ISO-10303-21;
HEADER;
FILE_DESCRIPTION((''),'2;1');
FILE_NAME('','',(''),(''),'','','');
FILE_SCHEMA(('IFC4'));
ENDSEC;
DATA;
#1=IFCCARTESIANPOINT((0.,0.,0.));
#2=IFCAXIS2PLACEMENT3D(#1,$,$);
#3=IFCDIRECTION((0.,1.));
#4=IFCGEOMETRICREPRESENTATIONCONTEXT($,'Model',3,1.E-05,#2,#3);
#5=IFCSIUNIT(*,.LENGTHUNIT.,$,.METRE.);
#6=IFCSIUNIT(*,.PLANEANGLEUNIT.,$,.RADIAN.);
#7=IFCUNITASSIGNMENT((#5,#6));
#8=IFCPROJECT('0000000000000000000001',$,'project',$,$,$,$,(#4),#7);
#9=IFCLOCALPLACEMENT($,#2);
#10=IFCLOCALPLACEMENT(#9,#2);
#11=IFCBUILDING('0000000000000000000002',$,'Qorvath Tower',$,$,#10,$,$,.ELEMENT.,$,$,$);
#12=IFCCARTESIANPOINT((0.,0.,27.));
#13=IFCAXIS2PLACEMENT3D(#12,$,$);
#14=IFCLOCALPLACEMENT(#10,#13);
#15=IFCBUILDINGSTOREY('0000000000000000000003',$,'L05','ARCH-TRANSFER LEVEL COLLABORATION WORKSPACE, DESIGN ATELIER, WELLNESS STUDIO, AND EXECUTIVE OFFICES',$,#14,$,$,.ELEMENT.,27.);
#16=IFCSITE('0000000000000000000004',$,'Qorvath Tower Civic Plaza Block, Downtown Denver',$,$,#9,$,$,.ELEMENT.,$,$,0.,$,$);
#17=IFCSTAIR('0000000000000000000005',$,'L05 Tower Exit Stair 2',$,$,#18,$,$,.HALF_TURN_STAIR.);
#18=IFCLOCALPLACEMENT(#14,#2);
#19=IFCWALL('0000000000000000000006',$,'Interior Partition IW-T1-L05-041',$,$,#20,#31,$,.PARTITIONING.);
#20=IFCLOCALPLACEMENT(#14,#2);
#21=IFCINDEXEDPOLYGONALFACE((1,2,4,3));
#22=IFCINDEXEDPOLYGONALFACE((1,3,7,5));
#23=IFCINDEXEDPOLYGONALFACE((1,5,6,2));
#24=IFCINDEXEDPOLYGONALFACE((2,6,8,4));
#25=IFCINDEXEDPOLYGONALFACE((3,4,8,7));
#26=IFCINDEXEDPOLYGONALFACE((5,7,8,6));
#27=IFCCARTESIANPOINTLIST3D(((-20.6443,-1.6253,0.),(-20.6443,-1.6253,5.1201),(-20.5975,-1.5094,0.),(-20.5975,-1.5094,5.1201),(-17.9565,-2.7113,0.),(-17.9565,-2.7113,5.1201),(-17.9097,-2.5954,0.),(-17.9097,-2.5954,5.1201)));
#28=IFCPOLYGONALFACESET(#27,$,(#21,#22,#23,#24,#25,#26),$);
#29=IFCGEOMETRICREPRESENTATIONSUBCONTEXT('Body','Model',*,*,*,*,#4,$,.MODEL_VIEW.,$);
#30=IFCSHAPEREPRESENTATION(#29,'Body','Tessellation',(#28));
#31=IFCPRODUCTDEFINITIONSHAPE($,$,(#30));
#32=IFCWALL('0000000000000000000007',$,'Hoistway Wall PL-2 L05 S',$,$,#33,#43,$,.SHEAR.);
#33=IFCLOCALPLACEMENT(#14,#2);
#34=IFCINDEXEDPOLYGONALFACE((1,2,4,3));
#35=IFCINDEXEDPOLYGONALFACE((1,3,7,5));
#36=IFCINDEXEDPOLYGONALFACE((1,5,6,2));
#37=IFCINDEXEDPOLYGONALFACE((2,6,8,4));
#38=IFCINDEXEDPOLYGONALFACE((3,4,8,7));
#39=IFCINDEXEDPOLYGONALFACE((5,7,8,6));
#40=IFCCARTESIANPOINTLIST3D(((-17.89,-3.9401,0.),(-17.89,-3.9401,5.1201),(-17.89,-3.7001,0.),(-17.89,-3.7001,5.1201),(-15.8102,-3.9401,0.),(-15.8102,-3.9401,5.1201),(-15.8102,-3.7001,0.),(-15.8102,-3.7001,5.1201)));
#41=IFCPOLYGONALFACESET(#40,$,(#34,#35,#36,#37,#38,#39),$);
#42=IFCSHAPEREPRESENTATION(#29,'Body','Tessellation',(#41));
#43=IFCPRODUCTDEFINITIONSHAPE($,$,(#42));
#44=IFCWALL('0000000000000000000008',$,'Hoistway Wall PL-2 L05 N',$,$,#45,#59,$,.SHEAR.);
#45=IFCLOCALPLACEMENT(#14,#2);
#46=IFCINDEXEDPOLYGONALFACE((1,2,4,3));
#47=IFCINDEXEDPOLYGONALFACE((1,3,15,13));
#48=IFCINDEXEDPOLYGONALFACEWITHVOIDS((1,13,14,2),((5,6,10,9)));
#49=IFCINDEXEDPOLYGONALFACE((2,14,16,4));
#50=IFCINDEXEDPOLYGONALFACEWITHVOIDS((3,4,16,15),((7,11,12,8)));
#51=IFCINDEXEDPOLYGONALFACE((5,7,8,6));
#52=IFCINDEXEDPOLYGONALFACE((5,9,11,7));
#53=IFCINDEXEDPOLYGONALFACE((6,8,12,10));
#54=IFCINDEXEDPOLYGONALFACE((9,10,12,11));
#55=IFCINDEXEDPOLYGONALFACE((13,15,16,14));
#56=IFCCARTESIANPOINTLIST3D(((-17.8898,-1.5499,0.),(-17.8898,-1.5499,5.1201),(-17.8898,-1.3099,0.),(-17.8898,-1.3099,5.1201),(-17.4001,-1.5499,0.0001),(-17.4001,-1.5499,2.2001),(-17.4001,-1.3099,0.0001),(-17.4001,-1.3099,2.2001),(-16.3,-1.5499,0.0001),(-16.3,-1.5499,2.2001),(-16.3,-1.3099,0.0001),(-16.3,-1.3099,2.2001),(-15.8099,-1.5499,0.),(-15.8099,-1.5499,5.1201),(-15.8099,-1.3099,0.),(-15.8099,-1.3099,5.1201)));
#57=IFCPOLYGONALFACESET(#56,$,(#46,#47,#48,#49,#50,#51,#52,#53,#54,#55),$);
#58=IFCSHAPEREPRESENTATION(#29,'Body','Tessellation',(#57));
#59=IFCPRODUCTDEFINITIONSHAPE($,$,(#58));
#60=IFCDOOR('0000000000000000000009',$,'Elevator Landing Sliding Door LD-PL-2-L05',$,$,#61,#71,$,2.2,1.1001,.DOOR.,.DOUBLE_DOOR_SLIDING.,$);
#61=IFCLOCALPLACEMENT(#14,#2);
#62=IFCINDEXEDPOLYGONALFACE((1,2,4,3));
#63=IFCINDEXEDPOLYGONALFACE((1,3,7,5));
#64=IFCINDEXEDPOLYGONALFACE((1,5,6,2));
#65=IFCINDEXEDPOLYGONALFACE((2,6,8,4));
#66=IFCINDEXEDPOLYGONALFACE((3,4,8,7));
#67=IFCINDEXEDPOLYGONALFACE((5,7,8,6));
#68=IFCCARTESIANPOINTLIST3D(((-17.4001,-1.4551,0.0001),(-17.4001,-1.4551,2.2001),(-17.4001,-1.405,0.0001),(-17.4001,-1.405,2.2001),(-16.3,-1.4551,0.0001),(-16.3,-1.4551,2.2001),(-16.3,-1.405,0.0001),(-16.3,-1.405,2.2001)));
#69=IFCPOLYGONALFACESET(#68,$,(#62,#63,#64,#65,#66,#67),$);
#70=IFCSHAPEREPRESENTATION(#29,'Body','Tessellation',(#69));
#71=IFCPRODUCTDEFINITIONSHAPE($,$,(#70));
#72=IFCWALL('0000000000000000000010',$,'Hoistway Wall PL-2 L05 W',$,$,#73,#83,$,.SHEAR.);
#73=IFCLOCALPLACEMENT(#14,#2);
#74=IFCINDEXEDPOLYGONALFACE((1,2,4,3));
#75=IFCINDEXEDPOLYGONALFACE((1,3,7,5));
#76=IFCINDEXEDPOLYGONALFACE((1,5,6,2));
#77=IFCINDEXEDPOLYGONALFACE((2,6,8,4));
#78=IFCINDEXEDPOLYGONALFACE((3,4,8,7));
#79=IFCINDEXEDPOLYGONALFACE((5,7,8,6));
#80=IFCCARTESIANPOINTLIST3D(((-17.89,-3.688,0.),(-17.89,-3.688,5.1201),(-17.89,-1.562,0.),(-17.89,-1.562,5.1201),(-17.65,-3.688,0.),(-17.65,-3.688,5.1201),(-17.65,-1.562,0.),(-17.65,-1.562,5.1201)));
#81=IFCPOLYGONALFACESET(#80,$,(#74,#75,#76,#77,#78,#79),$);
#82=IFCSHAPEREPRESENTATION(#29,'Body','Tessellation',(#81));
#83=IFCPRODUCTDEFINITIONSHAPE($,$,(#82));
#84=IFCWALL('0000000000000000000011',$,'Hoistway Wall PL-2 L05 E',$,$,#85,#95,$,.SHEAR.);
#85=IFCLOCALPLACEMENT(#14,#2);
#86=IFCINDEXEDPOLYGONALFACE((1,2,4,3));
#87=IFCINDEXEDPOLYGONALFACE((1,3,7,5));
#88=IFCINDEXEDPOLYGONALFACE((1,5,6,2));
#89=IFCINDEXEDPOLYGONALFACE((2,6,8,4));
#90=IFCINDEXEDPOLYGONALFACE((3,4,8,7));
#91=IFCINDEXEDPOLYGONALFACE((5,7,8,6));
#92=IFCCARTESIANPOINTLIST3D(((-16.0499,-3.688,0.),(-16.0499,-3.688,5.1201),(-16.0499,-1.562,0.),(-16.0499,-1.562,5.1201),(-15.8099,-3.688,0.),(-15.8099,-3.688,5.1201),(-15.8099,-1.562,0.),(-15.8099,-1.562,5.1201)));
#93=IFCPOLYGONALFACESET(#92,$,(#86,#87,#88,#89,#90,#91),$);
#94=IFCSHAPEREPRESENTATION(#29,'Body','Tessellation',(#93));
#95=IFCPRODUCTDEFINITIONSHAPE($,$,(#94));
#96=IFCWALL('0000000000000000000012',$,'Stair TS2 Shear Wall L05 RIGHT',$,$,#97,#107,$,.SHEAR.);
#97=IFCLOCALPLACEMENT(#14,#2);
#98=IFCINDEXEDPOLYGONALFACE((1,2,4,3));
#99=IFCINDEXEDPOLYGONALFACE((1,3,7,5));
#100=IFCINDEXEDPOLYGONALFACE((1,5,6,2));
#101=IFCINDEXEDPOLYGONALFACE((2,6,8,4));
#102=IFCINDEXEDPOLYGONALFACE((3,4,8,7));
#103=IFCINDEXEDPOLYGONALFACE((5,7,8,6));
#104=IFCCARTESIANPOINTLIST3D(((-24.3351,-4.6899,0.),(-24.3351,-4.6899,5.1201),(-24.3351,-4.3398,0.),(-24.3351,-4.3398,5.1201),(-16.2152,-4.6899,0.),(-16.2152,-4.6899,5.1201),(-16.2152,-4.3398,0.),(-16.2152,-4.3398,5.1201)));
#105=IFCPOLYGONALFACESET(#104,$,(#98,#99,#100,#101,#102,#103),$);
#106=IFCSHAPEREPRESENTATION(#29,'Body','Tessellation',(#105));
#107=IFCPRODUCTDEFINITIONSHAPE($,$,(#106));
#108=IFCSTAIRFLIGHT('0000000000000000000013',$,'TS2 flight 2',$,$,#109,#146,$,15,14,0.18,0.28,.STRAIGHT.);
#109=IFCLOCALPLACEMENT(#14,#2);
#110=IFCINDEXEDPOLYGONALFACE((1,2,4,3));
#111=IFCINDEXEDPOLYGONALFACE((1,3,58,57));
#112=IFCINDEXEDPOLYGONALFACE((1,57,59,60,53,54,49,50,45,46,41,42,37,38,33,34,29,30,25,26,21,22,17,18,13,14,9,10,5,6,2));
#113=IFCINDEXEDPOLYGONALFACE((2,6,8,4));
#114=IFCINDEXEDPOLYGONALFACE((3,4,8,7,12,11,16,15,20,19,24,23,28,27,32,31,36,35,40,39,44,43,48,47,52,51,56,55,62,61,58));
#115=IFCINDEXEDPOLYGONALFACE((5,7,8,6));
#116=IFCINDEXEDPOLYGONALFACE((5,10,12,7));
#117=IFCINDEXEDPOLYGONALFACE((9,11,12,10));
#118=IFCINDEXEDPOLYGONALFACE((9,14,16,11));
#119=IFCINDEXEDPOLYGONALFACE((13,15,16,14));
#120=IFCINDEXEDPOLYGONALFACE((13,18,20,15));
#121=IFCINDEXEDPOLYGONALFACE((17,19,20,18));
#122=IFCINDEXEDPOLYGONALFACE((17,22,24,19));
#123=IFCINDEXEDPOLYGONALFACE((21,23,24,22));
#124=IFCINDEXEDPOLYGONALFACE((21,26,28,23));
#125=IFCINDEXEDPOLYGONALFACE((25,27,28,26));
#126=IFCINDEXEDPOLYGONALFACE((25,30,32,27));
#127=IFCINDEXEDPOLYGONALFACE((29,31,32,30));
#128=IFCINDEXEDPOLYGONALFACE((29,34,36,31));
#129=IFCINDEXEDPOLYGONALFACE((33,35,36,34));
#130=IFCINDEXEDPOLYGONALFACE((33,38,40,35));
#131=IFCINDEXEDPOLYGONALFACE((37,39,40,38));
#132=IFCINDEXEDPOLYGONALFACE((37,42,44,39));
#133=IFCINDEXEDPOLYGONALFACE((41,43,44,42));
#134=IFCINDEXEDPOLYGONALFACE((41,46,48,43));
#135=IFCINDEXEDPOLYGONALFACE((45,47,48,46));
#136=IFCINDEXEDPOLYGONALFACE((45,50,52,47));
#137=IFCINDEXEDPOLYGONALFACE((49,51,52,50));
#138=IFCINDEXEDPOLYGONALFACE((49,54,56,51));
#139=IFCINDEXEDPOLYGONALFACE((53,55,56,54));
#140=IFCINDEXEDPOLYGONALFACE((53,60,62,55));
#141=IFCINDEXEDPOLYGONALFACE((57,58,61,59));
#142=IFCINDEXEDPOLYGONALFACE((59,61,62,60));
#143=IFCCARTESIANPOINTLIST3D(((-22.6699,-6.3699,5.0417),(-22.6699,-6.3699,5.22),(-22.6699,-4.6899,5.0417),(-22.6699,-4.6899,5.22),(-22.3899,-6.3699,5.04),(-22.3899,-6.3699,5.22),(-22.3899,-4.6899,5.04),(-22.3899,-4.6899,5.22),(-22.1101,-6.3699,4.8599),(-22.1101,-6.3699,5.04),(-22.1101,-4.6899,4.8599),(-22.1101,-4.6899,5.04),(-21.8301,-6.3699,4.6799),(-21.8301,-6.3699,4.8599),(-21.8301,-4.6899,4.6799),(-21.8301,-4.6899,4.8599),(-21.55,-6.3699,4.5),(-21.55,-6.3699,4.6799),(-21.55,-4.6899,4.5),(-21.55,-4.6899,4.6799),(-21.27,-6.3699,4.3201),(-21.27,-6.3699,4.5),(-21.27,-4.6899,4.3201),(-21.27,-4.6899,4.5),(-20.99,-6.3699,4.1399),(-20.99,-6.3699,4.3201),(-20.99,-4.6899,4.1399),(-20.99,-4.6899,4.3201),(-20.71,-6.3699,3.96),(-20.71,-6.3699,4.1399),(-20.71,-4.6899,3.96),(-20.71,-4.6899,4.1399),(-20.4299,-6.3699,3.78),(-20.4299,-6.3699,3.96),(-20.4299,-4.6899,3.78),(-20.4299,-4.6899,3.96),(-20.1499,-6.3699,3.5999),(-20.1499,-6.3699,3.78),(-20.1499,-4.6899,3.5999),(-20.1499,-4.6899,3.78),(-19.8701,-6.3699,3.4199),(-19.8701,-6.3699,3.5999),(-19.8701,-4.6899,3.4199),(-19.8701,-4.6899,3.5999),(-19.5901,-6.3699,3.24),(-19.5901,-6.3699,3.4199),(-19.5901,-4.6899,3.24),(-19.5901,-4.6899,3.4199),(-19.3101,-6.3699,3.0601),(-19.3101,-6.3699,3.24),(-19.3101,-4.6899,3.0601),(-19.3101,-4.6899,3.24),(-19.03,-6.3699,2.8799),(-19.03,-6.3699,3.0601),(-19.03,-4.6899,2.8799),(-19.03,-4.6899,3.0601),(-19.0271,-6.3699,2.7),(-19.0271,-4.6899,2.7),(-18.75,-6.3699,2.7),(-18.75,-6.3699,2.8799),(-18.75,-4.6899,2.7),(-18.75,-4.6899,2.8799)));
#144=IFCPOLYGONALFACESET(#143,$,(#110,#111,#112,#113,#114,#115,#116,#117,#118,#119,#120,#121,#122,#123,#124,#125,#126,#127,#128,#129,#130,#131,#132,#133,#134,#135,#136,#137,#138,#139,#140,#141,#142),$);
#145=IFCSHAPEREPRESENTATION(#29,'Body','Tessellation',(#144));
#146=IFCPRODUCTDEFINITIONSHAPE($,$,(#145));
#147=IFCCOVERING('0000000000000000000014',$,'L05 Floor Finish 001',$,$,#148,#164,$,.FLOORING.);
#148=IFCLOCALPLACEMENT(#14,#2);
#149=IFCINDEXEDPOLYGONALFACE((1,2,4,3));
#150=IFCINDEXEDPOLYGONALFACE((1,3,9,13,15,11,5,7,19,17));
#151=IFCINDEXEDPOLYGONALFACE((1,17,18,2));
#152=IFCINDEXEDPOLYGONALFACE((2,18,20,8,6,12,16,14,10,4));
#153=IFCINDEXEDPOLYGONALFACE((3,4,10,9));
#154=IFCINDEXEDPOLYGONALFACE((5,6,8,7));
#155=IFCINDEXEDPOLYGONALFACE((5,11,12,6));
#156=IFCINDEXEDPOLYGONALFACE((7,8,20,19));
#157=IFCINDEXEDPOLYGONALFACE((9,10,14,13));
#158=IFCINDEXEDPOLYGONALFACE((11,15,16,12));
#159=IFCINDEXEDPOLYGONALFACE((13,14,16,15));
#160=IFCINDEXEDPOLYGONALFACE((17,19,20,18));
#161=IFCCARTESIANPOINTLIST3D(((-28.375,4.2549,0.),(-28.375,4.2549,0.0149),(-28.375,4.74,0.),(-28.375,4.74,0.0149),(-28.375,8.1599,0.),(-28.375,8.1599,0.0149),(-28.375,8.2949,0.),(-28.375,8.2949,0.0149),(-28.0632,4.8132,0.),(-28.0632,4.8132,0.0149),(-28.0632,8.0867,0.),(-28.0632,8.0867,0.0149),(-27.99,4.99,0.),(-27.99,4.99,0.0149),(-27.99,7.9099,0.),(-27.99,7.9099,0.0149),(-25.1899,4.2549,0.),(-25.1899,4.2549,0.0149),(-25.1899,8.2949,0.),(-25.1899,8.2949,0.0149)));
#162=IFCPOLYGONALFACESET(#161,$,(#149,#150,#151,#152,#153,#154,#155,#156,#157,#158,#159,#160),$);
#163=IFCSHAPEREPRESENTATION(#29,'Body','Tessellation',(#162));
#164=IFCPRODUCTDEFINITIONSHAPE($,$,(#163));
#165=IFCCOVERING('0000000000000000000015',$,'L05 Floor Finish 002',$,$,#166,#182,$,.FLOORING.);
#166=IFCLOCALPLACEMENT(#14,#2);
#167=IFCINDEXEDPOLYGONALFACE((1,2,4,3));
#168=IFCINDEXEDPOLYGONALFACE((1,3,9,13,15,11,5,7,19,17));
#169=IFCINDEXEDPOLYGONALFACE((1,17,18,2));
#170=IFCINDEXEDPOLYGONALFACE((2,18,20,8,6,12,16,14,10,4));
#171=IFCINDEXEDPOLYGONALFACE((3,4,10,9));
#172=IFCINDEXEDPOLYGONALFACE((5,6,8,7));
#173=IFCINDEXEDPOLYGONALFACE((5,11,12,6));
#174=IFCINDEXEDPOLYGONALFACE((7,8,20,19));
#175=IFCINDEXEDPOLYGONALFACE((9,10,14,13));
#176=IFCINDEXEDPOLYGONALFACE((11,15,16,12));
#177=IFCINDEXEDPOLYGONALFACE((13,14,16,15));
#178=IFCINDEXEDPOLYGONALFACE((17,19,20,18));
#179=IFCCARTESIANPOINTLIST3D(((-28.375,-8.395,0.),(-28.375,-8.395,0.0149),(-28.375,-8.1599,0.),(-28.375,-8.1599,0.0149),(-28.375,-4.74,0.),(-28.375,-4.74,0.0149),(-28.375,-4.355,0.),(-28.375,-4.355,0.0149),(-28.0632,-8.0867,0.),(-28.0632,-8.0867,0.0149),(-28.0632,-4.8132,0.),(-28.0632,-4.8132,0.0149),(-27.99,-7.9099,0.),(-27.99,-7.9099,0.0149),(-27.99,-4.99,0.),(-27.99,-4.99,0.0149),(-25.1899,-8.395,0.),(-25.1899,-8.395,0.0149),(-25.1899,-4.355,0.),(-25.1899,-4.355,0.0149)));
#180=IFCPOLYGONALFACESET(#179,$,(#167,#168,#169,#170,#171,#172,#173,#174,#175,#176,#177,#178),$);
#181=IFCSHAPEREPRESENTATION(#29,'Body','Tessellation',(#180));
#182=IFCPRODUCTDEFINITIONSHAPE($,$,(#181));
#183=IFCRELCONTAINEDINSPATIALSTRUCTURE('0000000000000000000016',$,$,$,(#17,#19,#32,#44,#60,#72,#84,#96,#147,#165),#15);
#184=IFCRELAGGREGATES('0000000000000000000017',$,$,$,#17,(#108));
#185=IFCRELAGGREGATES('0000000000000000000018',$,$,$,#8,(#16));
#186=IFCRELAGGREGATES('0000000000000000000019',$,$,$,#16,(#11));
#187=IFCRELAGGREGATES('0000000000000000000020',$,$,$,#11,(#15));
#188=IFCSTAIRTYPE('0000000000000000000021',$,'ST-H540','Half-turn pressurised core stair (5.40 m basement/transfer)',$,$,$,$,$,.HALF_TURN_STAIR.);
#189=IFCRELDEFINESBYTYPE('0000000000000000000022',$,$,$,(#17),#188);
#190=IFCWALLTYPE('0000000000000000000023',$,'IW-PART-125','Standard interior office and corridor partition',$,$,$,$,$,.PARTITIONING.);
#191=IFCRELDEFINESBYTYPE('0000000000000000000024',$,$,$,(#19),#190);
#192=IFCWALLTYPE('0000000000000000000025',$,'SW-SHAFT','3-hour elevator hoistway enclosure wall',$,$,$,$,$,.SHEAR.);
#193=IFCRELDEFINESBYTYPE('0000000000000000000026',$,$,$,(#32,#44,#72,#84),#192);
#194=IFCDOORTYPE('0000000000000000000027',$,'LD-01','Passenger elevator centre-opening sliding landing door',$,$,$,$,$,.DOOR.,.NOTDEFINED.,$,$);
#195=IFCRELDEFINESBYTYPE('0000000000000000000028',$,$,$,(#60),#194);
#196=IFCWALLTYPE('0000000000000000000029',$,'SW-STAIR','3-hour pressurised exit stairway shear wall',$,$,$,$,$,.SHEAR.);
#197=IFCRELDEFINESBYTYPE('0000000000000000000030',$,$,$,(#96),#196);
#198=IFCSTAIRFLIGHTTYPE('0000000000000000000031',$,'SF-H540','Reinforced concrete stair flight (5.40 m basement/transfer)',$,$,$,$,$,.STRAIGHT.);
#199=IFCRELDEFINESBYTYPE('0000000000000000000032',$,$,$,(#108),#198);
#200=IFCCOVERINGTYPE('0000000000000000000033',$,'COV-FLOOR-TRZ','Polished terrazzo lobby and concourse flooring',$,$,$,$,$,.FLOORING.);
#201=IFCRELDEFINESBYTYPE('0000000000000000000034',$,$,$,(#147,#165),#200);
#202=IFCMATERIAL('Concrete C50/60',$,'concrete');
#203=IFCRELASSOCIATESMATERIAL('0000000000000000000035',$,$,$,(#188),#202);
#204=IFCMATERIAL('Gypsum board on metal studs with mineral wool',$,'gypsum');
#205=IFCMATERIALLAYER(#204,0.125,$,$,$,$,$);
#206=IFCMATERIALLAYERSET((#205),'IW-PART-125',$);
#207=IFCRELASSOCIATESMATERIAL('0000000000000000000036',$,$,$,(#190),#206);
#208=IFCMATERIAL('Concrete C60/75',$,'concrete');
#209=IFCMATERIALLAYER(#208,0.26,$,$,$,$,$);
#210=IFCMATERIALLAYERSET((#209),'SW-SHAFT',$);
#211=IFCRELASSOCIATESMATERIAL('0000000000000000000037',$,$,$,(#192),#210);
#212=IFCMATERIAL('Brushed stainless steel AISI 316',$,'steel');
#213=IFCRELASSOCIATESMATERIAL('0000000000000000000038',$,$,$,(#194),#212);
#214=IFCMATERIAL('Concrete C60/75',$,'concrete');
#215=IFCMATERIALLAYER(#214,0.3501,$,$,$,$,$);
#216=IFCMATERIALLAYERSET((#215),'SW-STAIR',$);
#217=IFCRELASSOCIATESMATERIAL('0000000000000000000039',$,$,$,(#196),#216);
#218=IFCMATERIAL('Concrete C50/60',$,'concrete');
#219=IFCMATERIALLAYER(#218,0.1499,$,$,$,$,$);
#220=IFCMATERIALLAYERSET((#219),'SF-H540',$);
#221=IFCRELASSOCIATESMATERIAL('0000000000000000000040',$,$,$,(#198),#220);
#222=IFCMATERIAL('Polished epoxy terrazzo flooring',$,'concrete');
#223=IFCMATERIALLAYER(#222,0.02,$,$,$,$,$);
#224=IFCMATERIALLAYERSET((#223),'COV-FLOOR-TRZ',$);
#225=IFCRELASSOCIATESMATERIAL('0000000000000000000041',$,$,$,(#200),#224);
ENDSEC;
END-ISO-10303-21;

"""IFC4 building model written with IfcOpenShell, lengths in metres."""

from ifc_helpers import new_model, si_unit, direction, frame, frame_2d, origin, place, context, subcontext, project, spatial, polyline, rectangle, outline, extrude, material, layer, layer_set, type_object, element, fill, aggregate, save


model = new_model("IFC4")

# Units and contexts
model_context = context("Model", 3, precision=1e-05, world=origin(), true_north=direction((0.0, 1.0)))
body_context = subcontext(model_context, "Body", "Model", "MODEL_VIEW")
ifc_project = project(units=[si_unit("LENGTHUNIT", "METRE"), si_unit("PLANEANGLEUNIT", "RADIAN")], contexts=[model_context])

# Site, building, storey
site_placement = place(None, origin())
site = spatial("IfcSite", under=ifc_project, at=site_placement, Name="Qorvath Tower Civic Plaza Block, Downtown Denver", CompositionType="ELEMENT", RefElevation=0.0)
building_placement = place(site_placement, origin())
building = spatial("IfcBuilding", under=site, at=building_placement, Name="Qorvath Tower", CompositionType="ELEMENT")
storey_placement = place(building_placement, frame((0.0, 0.0, 27.0)))
storey = spatial("IfcBuildingStorey", under=building, at=storey_placement, Name="L05", Description="ARCH-TRANSFER LEVEL COLLABORATION WORKSPACE, DESIGN ATELIER, WELLNESS STUDIO, AND EXECUTIVE OFFICES", CompositionType="ELEMENT", Elevation=27.0)

# Stair
ifc_material_1 = material(Name="Concrete C50/60", Category="concrete")
stair_type = type_object("IfcStairType", Name="ST-H540", Description="Half-turn pressurised core stair (5.40 m basement/transfer)", PredefinedType="HALF_TURN_STAIR", material=ifc_material_1)
stair_1_placement = place(storey_placement, origin())
stair_1 = element("IfcStair", 1, at=stair_1_placement, inside=storey, type_object=stair_type, Name="L05 Tower Exit Stair 2", PredefinedType="HALF_TURN_STAIR")

# Walls
ifc_material_2 = material(Name="Gypsum board on metal studs with mineral wool", Category="gypsum")
ifc_layer_1 = layer(ifc_material_2, 0.125)
ifc_layer_set_1 = layer_set([ifc_layer_1], Name="IW-PART-125")
wall_type_1 = type_object("IfcWallType", Name="IW-PART-125", Description="Standard interior office and corridor partition", PredefinedType="PARTITIONING", material=ifc_layer_set_1)
wall_1_placement = place(storey_placement, frame((-17.9331, -2.6533, 0.0), z_axis=(0.0, 0.0, 1.0), x_axis=(-0.927182, 0.374612, 0.0)))
element("IfcWall", 2, at=wall_1_placement, inside=storey, type_object=wall_type_1, Name="Interior Partition IW-T1-L05-041", PredefinedType="PARTITIONING", context=body_context, shape_type="SweptSolid", body=[
    extrude(rectangle(XDim=2.8989, YDim=0.125, at=frame_2d((1.4495, 0.0))), origin(), (0.0, 0.0, 1.0), 5.1201),
])
ifc_material_3 = material(Name="Concrete C60/75", Category="concrete")
ifc_layer_2 = layer(ifc_material_3, 0.26)
ifc_layer_set_2 = layer_set([ifc_layer_2], Name="SW-SHAFT")
wall_type_2 = type_object("IfcWallType", Name="SW-SHAFT", Description="3-hour elevator hoistway enclosure wall", PredefinedType="SHEAR", material=ifc_layer_set_2)
wall_2_placement = place(storey_placement, frame((-15.8101, -3.8201, 0.0), z_axis=(0.0, 0.0, 1.0), x_axis=(-1.0, 0.0, 0.0)))
element("IfcWall", 3, at=wall_2_placement, inside=storey, type_object=wall_type_2, Name="Hoistway Wall PL-2 L05 S", PredefinedType="SHEAR", context=body_context, shape_type="SweptSolid", body=[
    extrude(rectangle(XDim=2.0798, YDim=0.24, at=frame_2d((1.04, 0.0))), origin(), (0.0, 0.0, 1.0), 5.1201),
])

# Wall, opening, door
wall_3_placement = place(storey_placement, frame((-17.8899, -1.4299, 0.0), z_axis=(0.0, 0.0, 1.0), x_axis=(1.0, 0.0, 0.0)))
wall_3 = element("IfcWall", 4, at=wall_3_placement, inside=storey, type_object=wall_type_2, Name="Hoistway Wall PL-2 L05 N", PredefinedType="SHEAR", context=body_context, shape_type="SweptSolid", body=[
    extrude(rectangle(XDim=2.0798, YDim=0.24, at=frame_2d((1.04, 0.0))), origin(), (0.0, 0.0, 1.0), 5.1201),
])
opening_placement = place(wall_3_placement, frame((0.4897, 0.0, 0.0)))
opening = element("IfcOpeningElement", 5, at=opening_placement, cuts=wall_3, PredefinedType="OPENING", context=body_context, shape_type="SweptSolid", body=[
    extrude(rectangle(XDim=1.1001, YDim=2.2, at=frame_2d((0.55, 1.1001))), frame((0.0, 0.1299, 0.0), z_axis=(0.0, -1.0, 0.0), x_axis=(1.0, 0.0, 0.0)), (0.0, 0.0, 1.0), 0.26),
])
ifc_material_4 = material(Name="Brushed stainless steel AISI 316", Category="steel")
door_type = type_object("IfcDoorType", Name="LD-01", Description="Passenger elevator centre-opening sliding landing door", OperationType="NOTDEFINED", PredefinedType="DOOR", material=ifc_material_4)
door_placement = place(opening_placement, origin())
door = element("IfcDoor", 6, at=door_placement, inside=storey, type_object=door_type, Name="Elevator Landing Sliding Door LD-PL-2-L05", OperationType="DOUBLE_DOOR_SLIDING", OverallHeight=2.2, OverallWidth=1.1001, PredefinedType="DOOR", context=body_context, shape_type="SweptSolid", body=[
    extrude(rectangle(XDim=1.1001, YDim=2.2, at=frame_2d((0.55, 1.1001))), frame((0.0, 0.0249, 0.0), z_axis=(0.0, -1.0, 0.0), x_axis=(1.0, 0.0, 0.0)), (0.0, 0.0, 1.0), 0.05),
])
fill(opening, door)

# Walls
for number, where, z_axis, x_axis, name in (
    (7, (-17.77, -3.688, 0.0), (0.0, 0.0, 1.0), (0.0, 1.0, 0.0), "Hoistway Wall PL-2 L05 W"),
    (8, (-15.9299, -1.562, 0.0), (0.0, 0.0, 1.0), (0.0, -1.0, 0.0), "Hoistway Wall PL-2 L05 E"),
):
    element("IfcWall", number, at=place(storey_placement, frame(where, z_axis=z_axis, x_axis=x_axis)), inside=storey, type_object=wall_type_2, Name=name, PredefinedType="SHEAR", context=body_context, shape_type="SweptSolid", body=[
        extrude(rectangle(XDim=2.126, YDim=0.24, at=frame_2d((1.063, 0.0))), origin(), (0.0, 0.0, 1.0), 5.1201),
    ])
ifc_material_5 = material(Name="Concrete C60/75", Category="concrete")
ifc_layer_3 = layer(ifc_material_5, 0.3501)
ifc_layer_set_3 = layer_set([ifc_layer_3], Name="SW-STAIR")
wall_type_3 = type_object("IfcWallType", Name="SW-STAIR", Description="3-hour pressurised exit stairway shear wall", PredefinedType="SHEAR", material=ifc_layer_set_3)
wall_4_placement = place(storey_placement, frame((-16.2151, -4.5149, 0.0), z_axis=(0.0, 0.0, 1.0), x_axis=(-1.0, 0.0, 0.0)))
element("IfcWall", 9, at=wall_4_placement, inside=storey, type_object=wall_type_3, Name="Stair TS2 Shear Wall L05 RIGHT", PredefinedType="SHEAR", context=body_context, shape_type="SweptSolid", body=[
    extrude(rectangle(XDim=8.1199, YDim=0.3501, at=frame_2d((4.0601, 0.0))), origin(), (0.0, 0.0, 1.0), 5.1201),
])

# Stair flight
ifc_material_6 = material(Name="Concrete C50/60", Category="concrete")
ifc_layer_4 = layer(ifc_material_6, 0.1499)
ifc_layer_set_4 = layer_set([ifc_layer_4], Name="SF-H540")
stair_flight_type = type_object("IfcStairFlightType", Name="SF-H540", Description="Reinforced concrete stair flight (5.40 m basement/transfer)", PredefinedType="STRAIGHT", material=ifc_layer_set_4)
stair_flight_placement = place(storey_placement, frame((-18.75, -5.53, 2.7), z_axis=(0.0, 0.0, 1.0), x_axis=(-1.0, 0.0, 0.0)))
stair_flight = element("IfcStairFlight", 10, at=stair_flight_placement, type_object=stair_flight_type, Name="TS2 flight 2", NumberOfRisers=15, NumberOfTreads=14, PredefinedType="STRAIGHT", RiserHeight=0.18, TreadLength=0.28, context=body_context, shape_type="SweptSolid", body=[
    extrude(outline(polyline([(0.0, 0.0), (0.0, 0.1799), (0.28, 0.1799), (0.28, 0.3601), (0.5601, 0.3601), (0.5601, 0.54), (0.8401, 0.54), (0.8401, 0.72), (1.1201, 0.72), (1.1201, 0.8999), (1.3999, 0.8999), (1.3999, 1.0801), (1.6799, 1.0801), (1.6799, 1.26), (1.96, 1.26), (1.96, 1.4399), (2.24, 1.4399), (2.24, 1.6201), (2.52, 1.6201), (2.52, 1.8), (2.8, 1.8), (2.8, 1.98), (3.0801, 1.98), (3.0801, 2.1599), (3.3601, 2.1599), (3.3601, 2.3401), (3.6399, 2.3401), (3.6399, 2.52), (3.9199, 2.52), (3.9199, 2.7), (3.9199, 2.3418), (0.2771, 0.0), (0.0, 0.0)])), frame((0.0, 0.8398, 0.0), z_axis=(0.0, -1.0, 0.0), x_axis=(1.0, 0.0, 0.0)), (0.0, 0.0, 1.0), 1.6799),
])
aggregate(stair_1, [stair_flight])

# Coverings
ifc_material_7 = material(Name="Polished epoxy terrazzo flooring", Category="concrete")
ifc_layer_5 = layer(ifc_material_7, 0.02)
ifc_layer_set_5 = layer_set([ifc_layer_5], Name="COV-FLOOR-TRZ")
covering_type = type_object("IfcCoveringType", Name="COV-FLOOR-TRZ", Description="Polished terrazzo lobby and concourse flooring", PredefinedType="FLOORING", material=ifc_layer_set_5)
covering_1_placement = place(storey_placement, origin())
element("IfcCovering", 11, at=covering_1_placement, inside=storey, type_object=covering_type, Name="L05 Floor Finish 001", PredefinedType="FLOORING", context=body_context, shape_type="SweptSolid", body=[
    extrude(outline(polyline([(-25.1899, 4.2549), (-25.1899, 8.2949), (-28.375, 8.2949), (-28.375, 8.1599), (-28.0632, 8.0867), (-27.99, 7.9099), (-27.99, 4.99), (-28.0632, 4.8132), (-28.375, 4.74), (-28.375, 4.2549), (-25.1899, 4.2549)])), origin(), (0.0, 0.0, 1.0), 0.0149),
])
covering_2_placement = place(storey_placement, origin())
element("IfcCovering", 12, at=covering_2_placement, inside=storey, type_object=covering_type, Name="L05 Floor Finish 002", PredefinedType="FLOORING", context=body_context, shape_type="SweptSolid", body=[
    extrude(outline(polyline([(-25.1899, -8.395), (-25.1899, -4.355), (-28.375, -4.355), (-28.375, -4.74), (-28.0632, -4.8132), (-27.99, -4.99), (-27.99, -7.9099), (-28.0632, -8.0867), (-28.375, -8.1599), (-28.375, -8.395), (-25.1899, -8.395)])), origin(), (0.0, 0.0, 1.0), 0.0149),
])

save(model, "model.ifc")
